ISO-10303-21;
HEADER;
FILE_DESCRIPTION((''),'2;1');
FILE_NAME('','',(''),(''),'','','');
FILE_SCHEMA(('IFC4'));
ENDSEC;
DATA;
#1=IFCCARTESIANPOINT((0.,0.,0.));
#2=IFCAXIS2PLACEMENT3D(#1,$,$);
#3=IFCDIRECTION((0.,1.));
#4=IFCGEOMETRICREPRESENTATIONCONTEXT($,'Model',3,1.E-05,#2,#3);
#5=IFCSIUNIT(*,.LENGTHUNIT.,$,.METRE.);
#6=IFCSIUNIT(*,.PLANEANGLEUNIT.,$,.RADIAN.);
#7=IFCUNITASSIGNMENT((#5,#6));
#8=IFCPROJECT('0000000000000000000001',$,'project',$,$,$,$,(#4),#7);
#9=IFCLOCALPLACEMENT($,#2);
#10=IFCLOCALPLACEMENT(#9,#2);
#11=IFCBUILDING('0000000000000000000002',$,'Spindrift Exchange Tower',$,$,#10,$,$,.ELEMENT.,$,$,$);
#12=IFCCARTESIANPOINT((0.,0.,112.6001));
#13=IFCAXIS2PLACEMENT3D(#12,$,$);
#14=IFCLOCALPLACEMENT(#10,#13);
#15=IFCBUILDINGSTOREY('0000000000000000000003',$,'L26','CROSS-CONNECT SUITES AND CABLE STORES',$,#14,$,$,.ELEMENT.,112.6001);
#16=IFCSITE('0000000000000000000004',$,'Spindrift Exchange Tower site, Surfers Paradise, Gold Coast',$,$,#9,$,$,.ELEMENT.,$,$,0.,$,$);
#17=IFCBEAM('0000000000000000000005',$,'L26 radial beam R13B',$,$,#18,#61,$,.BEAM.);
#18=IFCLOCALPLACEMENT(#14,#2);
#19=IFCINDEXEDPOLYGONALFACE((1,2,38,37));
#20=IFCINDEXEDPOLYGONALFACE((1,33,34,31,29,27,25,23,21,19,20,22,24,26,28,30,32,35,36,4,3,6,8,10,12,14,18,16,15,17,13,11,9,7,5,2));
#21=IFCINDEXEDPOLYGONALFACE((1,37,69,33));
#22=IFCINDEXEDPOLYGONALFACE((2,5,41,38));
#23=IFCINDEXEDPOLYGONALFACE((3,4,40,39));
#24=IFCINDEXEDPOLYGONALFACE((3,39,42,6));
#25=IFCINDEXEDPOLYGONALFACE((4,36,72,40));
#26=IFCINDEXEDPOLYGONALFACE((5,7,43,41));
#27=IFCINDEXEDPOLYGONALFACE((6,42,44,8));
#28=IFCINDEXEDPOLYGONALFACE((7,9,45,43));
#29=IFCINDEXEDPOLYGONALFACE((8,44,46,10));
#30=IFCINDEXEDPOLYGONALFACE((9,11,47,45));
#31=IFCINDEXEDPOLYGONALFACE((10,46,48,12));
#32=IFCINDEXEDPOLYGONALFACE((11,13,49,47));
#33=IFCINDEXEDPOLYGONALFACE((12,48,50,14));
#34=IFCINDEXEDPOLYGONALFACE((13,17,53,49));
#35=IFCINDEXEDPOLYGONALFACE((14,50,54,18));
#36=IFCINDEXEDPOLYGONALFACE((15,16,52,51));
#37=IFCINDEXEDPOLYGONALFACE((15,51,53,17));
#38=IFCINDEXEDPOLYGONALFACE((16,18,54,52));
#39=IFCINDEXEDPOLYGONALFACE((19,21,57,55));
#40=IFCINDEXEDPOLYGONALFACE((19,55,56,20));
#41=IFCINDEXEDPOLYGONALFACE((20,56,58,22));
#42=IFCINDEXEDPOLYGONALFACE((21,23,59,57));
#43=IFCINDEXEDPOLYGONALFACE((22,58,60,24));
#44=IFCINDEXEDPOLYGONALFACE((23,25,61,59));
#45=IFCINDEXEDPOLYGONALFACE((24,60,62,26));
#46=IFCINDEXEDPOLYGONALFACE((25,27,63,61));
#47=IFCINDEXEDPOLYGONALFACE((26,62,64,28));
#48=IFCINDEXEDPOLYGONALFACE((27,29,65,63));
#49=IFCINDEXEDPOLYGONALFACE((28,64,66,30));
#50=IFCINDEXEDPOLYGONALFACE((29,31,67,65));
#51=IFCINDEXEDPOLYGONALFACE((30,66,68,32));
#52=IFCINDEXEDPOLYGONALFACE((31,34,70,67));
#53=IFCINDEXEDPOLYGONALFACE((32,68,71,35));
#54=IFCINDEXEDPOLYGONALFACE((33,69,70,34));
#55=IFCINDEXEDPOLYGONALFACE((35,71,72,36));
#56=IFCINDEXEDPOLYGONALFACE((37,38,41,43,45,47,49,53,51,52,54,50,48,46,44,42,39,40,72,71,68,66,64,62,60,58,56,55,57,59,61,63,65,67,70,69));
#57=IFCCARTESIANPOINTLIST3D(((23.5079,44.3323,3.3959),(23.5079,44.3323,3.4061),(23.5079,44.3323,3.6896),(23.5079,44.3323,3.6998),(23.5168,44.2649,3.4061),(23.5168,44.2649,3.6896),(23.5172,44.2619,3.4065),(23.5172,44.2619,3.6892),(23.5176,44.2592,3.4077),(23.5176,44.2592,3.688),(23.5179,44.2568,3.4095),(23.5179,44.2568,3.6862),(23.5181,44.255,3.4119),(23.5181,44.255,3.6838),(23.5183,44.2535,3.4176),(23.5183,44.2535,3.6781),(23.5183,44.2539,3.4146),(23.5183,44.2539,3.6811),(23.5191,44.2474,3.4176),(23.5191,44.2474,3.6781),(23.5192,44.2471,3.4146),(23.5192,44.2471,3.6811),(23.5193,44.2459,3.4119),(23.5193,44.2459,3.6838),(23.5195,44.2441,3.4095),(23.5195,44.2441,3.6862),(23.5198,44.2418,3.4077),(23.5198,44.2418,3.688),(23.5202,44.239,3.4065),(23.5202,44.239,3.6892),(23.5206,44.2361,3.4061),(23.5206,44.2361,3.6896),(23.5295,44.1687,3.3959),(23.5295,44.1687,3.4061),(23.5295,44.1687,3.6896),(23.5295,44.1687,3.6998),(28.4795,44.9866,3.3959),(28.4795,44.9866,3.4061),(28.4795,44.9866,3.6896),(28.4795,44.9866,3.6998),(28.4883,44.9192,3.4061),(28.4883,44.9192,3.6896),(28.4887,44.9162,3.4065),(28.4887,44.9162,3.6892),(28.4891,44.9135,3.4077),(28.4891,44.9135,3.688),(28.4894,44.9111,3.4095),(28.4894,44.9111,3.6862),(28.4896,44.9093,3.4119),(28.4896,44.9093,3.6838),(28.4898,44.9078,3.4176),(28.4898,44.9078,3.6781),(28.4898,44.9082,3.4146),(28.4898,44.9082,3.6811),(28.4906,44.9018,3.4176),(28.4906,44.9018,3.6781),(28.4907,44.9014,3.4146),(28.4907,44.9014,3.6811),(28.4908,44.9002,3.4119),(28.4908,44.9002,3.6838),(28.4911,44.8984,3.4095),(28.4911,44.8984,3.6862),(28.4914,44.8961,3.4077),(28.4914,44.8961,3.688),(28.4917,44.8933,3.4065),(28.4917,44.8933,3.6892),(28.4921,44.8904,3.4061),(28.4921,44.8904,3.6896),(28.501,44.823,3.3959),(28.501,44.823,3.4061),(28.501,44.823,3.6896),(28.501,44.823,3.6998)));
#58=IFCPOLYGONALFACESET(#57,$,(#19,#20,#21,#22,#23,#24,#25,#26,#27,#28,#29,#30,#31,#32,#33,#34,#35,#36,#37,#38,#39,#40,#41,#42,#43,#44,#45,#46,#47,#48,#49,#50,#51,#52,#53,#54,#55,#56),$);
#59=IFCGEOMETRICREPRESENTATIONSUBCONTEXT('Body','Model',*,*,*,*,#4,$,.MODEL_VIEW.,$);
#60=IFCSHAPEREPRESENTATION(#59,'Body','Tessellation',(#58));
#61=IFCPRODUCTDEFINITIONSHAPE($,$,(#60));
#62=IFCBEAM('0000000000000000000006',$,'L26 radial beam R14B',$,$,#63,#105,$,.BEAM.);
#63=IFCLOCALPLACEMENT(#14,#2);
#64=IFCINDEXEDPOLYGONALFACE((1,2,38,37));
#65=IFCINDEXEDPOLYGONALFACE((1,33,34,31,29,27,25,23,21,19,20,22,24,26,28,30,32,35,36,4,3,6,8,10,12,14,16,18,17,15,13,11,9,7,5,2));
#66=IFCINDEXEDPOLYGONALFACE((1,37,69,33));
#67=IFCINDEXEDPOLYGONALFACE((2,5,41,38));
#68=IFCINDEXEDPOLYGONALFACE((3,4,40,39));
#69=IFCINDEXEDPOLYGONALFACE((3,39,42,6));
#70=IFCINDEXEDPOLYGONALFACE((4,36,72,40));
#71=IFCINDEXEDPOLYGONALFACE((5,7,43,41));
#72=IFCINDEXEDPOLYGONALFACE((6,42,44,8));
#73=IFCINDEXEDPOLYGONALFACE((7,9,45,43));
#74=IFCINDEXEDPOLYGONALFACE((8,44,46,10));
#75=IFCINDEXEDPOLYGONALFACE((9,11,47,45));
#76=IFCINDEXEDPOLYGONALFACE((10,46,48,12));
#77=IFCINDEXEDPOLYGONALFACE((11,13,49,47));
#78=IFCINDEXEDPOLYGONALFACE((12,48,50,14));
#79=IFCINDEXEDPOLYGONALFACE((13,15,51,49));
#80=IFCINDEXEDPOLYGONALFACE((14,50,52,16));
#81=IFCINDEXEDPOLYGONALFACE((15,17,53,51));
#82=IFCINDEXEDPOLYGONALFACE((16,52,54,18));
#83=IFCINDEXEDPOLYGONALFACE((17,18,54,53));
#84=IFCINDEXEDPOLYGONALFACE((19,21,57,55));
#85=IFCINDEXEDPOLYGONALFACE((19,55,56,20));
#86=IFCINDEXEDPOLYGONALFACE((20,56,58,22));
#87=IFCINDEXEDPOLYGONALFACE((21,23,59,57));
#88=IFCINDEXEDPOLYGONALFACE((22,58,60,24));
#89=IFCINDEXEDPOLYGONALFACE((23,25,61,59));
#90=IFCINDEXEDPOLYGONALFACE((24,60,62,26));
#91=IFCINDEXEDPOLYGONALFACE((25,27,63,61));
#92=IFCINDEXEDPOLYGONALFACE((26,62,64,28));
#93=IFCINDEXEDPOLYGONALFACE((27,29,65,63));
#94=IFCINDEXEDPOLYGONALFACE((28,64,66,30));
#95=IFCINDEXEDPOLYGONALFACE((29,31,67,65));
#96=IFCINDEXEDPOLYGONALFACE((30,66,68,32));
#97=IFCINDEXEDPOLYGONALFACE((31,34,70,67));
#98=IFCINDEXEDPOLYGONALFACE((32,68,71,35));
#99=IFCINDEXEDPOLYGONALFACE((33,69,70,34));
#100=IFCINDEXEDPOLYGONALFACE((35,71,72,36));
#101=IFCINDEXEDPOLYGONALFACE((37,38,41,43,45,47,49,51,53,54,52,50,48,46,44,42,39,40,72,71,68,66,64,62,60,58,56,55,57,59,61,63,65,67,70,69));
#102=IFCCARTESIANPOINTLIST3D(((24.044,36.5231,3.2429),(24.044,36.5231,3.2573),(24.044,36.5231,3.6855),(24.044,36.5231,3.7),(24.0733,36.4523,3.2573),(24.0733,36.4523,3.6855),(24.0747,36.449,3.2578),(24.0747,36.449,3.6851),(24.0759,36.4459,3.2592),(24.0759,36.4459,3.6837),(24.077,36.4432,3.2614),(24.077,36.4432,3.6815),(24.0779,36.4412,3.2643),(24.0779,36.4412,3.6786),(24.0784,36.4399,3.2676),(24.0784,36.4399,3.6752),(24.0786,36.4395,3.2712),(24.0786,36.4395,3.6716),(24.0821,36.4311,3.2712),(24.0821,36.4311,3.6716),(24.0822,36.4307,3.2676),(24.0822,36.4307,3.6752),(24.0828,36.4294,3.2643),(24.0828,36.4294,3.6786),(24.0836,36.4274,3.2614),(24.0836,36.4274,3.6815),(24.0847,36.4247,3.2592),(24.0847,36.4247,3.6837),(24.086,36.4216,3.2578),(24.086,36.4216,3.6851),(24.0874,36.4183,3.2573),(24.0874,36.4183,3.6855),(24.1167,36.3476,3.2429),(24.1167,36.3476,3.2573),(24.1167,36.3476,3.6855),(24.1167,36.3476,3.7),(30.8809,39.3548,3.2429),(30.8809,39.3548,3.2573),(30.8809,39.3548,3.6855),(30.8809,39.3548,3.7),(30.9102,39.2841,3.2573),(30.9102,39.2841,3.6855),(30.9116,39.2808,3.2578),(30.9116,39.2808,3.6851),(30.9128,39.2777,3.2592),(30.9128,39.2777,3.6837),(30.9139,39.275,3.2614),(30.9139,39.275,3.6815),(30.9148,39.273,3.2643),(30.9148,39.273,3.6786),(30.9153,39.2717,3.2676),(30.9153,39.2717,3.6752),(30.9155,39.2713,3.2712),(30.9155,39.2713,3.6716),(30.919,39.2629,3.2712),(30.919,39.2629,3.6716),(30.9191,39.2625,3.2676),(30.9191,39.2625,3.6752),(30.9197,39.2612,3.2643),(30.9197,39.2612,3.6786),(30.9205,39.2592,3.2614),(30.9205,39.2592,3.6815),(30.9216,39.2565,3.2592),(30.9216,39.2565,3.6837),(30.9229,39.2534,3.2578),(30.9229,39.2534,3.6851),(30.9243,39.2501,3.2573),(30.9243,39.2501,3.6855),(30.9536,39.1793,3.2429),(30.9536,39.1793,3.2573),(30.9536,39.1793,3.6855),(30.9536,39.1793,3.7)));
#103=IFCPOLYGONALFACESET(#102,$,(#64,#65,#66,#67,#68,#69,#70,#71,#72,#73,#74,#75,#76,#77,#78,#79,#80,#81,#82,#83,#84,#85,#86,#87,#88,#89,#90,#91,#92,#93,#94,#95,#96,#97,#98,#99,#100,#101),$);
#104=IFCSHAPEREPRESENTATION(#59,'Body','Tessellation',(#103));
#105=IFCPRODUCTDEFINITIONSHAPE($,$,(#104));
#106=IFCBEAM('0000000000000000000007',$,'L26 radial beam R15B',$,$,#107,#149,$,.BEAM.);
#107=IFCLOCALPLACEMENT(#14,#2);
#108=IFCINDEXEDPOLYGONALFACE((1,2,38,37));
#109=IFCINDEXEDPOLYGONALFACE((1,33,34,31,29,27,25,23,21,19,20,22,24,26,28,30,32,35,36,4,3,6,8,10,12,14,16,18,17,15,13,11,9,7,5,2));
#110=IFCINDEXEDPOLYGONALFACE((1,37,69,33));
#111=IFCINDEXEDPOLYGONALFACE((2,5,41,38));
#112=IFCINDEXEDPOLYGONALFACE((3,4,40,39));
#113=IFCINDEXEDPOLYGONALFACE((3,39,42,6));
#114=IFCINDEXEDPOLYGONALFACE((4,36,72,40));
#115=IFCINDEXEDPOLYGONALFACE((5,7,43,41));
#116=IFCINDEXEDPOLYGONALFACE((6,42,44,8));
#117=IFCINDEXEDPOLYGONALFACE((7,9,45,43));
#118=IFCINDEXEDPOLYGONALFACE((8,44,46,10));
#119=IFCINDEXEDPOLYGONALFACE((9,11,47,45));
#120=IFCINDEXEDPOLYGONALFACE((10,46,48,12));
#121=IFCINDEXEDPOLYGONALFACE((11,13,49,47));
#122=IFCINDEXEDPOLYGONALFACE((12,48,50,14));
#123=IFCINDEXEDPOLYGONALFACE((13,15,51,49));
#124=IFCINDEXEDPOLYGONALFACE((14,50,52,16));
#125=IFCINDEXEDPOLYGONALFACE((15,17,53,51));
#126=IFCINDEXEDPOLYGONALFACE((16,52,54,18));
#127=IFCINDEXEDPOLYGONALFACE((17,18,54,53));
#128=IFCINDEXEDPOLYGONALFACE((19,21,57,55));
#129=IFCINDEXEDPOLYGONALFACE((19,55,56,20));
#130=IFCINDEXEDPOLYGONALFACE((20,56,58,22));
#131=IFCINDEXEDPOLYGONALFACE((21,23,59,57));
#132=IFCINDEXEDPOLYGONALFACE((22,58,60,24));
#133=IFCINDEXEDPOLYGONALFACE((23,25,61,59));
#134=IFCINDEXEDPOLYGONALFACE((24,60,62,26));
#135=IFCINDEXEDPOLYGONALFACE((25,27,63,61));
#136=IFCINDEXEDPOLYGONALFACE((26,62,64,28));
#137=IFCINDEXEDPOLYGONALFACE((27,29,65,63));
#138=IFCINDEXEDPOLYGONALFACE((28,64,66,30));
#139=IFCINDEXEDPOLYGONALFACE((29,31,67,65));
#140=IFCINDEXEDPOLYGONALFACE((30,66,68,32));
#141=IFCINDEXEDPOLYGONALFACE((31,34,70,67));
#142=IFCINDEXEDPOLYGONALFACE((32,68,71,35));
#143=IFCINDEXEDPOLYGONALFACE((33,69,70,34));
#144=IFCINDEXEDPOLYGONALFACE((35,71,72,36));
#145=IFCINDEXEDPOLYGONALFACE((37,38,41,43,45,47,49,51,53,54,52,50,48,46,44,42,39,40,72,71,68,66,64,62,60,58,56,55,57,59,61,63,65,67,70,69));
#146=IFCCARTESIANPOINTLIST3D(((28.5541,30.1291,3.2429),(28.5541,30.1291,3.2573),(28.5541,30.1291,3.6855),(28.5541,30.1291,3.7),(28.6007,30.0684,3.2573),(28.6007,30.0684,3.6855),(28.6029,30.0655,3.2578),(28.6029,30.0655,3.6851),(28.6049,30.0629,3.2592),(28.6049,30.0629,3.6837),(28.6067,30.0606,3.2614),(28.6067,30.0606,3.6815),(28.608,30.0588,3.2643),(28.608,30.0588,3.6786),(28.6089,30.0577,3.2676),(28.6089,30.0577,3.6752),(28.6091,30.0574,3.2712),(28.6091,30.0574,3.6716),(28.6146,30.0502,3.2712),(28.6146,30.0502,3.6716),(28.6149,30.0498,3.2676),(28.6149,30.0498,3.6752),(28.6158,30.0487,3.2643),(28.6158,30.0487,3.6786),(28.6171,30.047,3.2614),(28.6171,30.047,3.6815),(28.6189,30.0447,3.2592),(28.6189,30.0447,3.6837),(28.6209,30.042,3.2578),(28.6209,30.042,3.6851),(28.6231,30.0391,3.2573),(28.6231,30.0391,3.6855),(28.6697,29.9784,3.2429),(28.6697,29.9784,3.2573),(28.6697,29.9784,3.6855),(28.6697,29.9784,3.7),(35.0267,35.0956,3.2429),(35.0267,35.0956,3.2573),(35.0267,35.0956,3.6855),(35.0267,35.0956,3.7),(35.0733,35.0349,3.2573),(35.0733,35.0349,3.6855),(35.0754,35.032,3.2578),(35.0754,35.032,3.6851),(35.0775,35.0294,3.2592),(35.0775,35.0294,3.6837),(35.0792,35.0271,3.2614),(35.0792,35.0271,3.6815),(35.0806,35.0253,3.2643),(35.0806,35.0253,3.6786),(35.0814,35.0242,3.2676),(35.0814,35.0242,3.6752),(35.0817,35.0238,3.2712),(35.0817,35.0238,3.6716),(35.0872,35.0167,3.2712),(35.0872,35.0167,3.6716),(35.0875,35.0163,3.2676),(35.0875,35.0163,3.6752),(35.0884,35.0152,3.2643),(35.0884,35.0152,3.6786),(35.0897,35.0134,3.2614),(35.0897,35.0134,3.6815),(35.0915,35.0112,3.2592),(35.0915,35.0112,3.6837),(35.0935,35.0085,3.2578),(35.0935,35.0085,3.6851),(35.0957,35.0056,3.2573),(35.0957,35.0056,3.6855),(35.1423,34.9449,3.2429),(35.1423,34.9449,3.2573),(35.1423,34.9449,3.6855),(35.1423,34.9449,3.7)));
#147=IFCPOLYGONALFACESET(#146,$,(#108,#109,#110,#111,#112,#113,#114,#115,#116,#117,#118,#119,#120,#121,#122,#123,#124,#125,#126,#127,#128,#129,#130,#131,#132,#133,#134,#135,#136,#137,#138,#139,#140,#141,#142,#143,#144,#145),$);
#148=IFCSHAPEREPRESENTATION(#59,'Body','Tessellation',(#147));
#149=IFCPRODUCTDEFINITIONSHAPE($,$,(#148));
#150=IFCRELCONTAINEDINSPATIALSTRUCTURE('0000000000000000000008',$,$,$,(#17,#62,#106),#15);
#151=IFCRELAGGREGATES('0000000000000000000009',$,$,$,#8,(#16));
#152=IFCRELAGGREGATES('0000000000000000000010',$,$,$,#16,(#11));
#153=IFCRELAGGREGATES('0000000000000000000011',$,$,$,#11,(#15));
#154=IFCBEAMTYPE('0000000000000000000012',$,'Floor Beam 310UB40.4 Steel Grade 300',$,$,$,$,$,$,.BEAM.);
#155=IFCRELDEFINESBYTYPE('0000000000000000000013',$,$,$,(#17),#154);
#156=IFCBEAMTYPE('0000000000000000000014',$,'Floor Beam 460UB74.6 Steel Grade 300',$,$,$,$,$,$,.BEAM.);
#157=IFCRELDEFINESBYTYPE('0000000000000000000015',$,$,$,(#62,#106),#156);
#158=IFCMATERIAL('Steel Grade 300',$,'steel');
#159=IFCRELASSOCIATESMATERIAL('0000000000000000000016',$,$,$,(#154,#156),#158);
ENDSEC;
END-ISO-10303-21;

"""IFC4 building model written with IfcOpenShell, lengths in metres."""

from ifc_helpers import new_model, si_unit, direction, frame, origin, origin_2d, place, context, subcontext, project, spatial, i_section, extrude, source, transform, mapped, material, material_profile, profile_set, type_object, element, save


model = new_model("IFC4")

# Units and contexts
model_context = context("Model", 3, precision=1e-05, world=origin(), true_north=direction((0.0, 1.0)))
body_context = subcontext(model_context, "Body", "Model", "MODEL_VIEW")
ifc_project = project(units=[si_unit("LENGTHUNIT", "METRE"), si_unit("PLANEANGLEUNIT", "RADIAN")], contexts=[model_context])

# Site, building, storey
site_placement = place(None, origin())
site = spatial("IfcSite", under=ifc_project, at=site_placement, Name="Spindrift Exchange Tower site, Surfers Paradise, Gold Coast", CompositionType="ELEMENT", RefElevation=0.0)
building_placement = place(site_placement, origin())
building = spatial("IfcBuilding", under=site, at=building_placement, Name="Spindrift Exchange Tower", CompositionType="ELEMENT")
storey_placement = place(building_placement, frame((0.0, 0.0, 112.6001)))
storey = spatial("IfcBuildingStorey", under=building, at=storey_placement, Name="L26", Description="CROSS-CONNECT SUITES AND CABLE STORES", CompositionType="ELEMENT", Elevation=112.6001)

# Beams
ifc_material_1 = material(Name="Steel Grade 300", Category="steel")
ifc_material_profile_1 = material_profile(ifc_material_1, i_section(OverallWidth=0.165, OverallDepth=0.304, WebThickness=0.0061, FlangeThickness=0.0103, FilletRadius=0.0115, at=origin_2d()), Name="310UB40.4")
ifc_profile_set_1 = profile_set([ifc_material_profile_1], Name="Steel Grade 300")
beam_type_1 = type_object("IfcBeamType", Name="Floor Beam 310UB40.4 Steel Grade 300", PredefinedType="BEAM", material=ifc_profile_set_1)
shared_shape_1 = source(origin(), body_context, "Body", "SweptSolid", [
    extrude(i_section(OverallWidth=0.165, OverallDepth=0.304, WebThickness=0.0061, FlangeThickness=0.0103, FilletRadius=0.0115, at=origin_2d()), origin(), (0.0, 0.0, 1.0), 5.0144),
])
beam_1_placement = place(storey_placement, frame((28.4902, 44.9048, 3.5479), z_axis=(-0.99145, -0.130486, 0.0), x_axis=(0.130486, -0.99145, 0.0)))
element("IfcBeam", 1, at=beam_1_placement, inside=storey, type_object=beam_type_1, Name="L26 radial beam R13B", PredefinedType="BEAM", context=body_context, shape_type="MappedRepresentation", body=[
    mapped(shared_shape_1, transform((0.0, 0.0, 0.0), scale=1.0)),
])
ifc_material_profile_2 = material_profile(ifc_material_1, i_section(OverallWidth=0.1899, OverallDepth=0.457, WebThickness=0.009, FlangeThickness=0.0144, FilletRadius=0.0139, at=origin_2d()), Name="460UB74.6")
ifc_profile_set_2 = profile_set([ifc_material_profile_2], Name="Steel Grade 300")
beam_type_2 = type_object("IfcBeamType", Name="Floor Beam 460UB74.6 Steel Grade 300", PredefinedType="BEAM", material=ifc_profile_set_2)
shared_shape_2 = source(origin(), body_context, "Body", "SweptSolid", [
    extrude(i_section(OverallWidth=0.1899, OverallDepth=0.457, WebThickness=0.009, FlangeThickness=0.0144, FilletRadius=0.0139, at=origin_2d()), origin(), (0.0, 0.0, 1.0), 7.4001),
])
beam_2_placement = place(storey_placement, frame((30.9172, 39.2671, 3.4714), z_axis=(-0.923887, -0.382666, 0.0), x_axis=(0.382666, -0.923887, 0.0)))
element("IfcBeam", 2, at=beam_2_placement, inside=storey, type_object=beam_type_2, Name="L26 radial beam R14B", PredefinedType="BEAM", context=body_context, shape_type="MappedRepresentation", body=[
    mapped(shared_shape_2, transform((0.0, 0.0, 0.0), scale=1.0)),
])
shared_shape_3 = source(origin(), body_context, "Body", "SweptSolid", [
    extrude(i_section(OverallWidth=0.1899, OverallDepth=0.457, WebThickness=0.009, FlangeThickness=0.0144, FilletRadius=0.0139, at=origin_2d()), origin(), (0.0, 0.0, 1.0), 8.1584),
])
beam_3_placement = place(storey_placement, frame((35.0845, 35.0203, 3.4714), z_axis=(-0.793359, -0.608754, 0.0), x_axis=(0.608754, -0.793359, 0.0)))
element("IfcBeam", 3, at=beam_3_placement, inside=storey, type_object=beam_type_2, Name="L26 radial beam R15B", PredefinedType="BEAM", context=body_context, shape_type="MappedRepresentation", body=[
    mapped(shared_shape_3, transform((0.0, 0.0, 0.0), scale=1.0)),
])

save(model, "model.ifc")
